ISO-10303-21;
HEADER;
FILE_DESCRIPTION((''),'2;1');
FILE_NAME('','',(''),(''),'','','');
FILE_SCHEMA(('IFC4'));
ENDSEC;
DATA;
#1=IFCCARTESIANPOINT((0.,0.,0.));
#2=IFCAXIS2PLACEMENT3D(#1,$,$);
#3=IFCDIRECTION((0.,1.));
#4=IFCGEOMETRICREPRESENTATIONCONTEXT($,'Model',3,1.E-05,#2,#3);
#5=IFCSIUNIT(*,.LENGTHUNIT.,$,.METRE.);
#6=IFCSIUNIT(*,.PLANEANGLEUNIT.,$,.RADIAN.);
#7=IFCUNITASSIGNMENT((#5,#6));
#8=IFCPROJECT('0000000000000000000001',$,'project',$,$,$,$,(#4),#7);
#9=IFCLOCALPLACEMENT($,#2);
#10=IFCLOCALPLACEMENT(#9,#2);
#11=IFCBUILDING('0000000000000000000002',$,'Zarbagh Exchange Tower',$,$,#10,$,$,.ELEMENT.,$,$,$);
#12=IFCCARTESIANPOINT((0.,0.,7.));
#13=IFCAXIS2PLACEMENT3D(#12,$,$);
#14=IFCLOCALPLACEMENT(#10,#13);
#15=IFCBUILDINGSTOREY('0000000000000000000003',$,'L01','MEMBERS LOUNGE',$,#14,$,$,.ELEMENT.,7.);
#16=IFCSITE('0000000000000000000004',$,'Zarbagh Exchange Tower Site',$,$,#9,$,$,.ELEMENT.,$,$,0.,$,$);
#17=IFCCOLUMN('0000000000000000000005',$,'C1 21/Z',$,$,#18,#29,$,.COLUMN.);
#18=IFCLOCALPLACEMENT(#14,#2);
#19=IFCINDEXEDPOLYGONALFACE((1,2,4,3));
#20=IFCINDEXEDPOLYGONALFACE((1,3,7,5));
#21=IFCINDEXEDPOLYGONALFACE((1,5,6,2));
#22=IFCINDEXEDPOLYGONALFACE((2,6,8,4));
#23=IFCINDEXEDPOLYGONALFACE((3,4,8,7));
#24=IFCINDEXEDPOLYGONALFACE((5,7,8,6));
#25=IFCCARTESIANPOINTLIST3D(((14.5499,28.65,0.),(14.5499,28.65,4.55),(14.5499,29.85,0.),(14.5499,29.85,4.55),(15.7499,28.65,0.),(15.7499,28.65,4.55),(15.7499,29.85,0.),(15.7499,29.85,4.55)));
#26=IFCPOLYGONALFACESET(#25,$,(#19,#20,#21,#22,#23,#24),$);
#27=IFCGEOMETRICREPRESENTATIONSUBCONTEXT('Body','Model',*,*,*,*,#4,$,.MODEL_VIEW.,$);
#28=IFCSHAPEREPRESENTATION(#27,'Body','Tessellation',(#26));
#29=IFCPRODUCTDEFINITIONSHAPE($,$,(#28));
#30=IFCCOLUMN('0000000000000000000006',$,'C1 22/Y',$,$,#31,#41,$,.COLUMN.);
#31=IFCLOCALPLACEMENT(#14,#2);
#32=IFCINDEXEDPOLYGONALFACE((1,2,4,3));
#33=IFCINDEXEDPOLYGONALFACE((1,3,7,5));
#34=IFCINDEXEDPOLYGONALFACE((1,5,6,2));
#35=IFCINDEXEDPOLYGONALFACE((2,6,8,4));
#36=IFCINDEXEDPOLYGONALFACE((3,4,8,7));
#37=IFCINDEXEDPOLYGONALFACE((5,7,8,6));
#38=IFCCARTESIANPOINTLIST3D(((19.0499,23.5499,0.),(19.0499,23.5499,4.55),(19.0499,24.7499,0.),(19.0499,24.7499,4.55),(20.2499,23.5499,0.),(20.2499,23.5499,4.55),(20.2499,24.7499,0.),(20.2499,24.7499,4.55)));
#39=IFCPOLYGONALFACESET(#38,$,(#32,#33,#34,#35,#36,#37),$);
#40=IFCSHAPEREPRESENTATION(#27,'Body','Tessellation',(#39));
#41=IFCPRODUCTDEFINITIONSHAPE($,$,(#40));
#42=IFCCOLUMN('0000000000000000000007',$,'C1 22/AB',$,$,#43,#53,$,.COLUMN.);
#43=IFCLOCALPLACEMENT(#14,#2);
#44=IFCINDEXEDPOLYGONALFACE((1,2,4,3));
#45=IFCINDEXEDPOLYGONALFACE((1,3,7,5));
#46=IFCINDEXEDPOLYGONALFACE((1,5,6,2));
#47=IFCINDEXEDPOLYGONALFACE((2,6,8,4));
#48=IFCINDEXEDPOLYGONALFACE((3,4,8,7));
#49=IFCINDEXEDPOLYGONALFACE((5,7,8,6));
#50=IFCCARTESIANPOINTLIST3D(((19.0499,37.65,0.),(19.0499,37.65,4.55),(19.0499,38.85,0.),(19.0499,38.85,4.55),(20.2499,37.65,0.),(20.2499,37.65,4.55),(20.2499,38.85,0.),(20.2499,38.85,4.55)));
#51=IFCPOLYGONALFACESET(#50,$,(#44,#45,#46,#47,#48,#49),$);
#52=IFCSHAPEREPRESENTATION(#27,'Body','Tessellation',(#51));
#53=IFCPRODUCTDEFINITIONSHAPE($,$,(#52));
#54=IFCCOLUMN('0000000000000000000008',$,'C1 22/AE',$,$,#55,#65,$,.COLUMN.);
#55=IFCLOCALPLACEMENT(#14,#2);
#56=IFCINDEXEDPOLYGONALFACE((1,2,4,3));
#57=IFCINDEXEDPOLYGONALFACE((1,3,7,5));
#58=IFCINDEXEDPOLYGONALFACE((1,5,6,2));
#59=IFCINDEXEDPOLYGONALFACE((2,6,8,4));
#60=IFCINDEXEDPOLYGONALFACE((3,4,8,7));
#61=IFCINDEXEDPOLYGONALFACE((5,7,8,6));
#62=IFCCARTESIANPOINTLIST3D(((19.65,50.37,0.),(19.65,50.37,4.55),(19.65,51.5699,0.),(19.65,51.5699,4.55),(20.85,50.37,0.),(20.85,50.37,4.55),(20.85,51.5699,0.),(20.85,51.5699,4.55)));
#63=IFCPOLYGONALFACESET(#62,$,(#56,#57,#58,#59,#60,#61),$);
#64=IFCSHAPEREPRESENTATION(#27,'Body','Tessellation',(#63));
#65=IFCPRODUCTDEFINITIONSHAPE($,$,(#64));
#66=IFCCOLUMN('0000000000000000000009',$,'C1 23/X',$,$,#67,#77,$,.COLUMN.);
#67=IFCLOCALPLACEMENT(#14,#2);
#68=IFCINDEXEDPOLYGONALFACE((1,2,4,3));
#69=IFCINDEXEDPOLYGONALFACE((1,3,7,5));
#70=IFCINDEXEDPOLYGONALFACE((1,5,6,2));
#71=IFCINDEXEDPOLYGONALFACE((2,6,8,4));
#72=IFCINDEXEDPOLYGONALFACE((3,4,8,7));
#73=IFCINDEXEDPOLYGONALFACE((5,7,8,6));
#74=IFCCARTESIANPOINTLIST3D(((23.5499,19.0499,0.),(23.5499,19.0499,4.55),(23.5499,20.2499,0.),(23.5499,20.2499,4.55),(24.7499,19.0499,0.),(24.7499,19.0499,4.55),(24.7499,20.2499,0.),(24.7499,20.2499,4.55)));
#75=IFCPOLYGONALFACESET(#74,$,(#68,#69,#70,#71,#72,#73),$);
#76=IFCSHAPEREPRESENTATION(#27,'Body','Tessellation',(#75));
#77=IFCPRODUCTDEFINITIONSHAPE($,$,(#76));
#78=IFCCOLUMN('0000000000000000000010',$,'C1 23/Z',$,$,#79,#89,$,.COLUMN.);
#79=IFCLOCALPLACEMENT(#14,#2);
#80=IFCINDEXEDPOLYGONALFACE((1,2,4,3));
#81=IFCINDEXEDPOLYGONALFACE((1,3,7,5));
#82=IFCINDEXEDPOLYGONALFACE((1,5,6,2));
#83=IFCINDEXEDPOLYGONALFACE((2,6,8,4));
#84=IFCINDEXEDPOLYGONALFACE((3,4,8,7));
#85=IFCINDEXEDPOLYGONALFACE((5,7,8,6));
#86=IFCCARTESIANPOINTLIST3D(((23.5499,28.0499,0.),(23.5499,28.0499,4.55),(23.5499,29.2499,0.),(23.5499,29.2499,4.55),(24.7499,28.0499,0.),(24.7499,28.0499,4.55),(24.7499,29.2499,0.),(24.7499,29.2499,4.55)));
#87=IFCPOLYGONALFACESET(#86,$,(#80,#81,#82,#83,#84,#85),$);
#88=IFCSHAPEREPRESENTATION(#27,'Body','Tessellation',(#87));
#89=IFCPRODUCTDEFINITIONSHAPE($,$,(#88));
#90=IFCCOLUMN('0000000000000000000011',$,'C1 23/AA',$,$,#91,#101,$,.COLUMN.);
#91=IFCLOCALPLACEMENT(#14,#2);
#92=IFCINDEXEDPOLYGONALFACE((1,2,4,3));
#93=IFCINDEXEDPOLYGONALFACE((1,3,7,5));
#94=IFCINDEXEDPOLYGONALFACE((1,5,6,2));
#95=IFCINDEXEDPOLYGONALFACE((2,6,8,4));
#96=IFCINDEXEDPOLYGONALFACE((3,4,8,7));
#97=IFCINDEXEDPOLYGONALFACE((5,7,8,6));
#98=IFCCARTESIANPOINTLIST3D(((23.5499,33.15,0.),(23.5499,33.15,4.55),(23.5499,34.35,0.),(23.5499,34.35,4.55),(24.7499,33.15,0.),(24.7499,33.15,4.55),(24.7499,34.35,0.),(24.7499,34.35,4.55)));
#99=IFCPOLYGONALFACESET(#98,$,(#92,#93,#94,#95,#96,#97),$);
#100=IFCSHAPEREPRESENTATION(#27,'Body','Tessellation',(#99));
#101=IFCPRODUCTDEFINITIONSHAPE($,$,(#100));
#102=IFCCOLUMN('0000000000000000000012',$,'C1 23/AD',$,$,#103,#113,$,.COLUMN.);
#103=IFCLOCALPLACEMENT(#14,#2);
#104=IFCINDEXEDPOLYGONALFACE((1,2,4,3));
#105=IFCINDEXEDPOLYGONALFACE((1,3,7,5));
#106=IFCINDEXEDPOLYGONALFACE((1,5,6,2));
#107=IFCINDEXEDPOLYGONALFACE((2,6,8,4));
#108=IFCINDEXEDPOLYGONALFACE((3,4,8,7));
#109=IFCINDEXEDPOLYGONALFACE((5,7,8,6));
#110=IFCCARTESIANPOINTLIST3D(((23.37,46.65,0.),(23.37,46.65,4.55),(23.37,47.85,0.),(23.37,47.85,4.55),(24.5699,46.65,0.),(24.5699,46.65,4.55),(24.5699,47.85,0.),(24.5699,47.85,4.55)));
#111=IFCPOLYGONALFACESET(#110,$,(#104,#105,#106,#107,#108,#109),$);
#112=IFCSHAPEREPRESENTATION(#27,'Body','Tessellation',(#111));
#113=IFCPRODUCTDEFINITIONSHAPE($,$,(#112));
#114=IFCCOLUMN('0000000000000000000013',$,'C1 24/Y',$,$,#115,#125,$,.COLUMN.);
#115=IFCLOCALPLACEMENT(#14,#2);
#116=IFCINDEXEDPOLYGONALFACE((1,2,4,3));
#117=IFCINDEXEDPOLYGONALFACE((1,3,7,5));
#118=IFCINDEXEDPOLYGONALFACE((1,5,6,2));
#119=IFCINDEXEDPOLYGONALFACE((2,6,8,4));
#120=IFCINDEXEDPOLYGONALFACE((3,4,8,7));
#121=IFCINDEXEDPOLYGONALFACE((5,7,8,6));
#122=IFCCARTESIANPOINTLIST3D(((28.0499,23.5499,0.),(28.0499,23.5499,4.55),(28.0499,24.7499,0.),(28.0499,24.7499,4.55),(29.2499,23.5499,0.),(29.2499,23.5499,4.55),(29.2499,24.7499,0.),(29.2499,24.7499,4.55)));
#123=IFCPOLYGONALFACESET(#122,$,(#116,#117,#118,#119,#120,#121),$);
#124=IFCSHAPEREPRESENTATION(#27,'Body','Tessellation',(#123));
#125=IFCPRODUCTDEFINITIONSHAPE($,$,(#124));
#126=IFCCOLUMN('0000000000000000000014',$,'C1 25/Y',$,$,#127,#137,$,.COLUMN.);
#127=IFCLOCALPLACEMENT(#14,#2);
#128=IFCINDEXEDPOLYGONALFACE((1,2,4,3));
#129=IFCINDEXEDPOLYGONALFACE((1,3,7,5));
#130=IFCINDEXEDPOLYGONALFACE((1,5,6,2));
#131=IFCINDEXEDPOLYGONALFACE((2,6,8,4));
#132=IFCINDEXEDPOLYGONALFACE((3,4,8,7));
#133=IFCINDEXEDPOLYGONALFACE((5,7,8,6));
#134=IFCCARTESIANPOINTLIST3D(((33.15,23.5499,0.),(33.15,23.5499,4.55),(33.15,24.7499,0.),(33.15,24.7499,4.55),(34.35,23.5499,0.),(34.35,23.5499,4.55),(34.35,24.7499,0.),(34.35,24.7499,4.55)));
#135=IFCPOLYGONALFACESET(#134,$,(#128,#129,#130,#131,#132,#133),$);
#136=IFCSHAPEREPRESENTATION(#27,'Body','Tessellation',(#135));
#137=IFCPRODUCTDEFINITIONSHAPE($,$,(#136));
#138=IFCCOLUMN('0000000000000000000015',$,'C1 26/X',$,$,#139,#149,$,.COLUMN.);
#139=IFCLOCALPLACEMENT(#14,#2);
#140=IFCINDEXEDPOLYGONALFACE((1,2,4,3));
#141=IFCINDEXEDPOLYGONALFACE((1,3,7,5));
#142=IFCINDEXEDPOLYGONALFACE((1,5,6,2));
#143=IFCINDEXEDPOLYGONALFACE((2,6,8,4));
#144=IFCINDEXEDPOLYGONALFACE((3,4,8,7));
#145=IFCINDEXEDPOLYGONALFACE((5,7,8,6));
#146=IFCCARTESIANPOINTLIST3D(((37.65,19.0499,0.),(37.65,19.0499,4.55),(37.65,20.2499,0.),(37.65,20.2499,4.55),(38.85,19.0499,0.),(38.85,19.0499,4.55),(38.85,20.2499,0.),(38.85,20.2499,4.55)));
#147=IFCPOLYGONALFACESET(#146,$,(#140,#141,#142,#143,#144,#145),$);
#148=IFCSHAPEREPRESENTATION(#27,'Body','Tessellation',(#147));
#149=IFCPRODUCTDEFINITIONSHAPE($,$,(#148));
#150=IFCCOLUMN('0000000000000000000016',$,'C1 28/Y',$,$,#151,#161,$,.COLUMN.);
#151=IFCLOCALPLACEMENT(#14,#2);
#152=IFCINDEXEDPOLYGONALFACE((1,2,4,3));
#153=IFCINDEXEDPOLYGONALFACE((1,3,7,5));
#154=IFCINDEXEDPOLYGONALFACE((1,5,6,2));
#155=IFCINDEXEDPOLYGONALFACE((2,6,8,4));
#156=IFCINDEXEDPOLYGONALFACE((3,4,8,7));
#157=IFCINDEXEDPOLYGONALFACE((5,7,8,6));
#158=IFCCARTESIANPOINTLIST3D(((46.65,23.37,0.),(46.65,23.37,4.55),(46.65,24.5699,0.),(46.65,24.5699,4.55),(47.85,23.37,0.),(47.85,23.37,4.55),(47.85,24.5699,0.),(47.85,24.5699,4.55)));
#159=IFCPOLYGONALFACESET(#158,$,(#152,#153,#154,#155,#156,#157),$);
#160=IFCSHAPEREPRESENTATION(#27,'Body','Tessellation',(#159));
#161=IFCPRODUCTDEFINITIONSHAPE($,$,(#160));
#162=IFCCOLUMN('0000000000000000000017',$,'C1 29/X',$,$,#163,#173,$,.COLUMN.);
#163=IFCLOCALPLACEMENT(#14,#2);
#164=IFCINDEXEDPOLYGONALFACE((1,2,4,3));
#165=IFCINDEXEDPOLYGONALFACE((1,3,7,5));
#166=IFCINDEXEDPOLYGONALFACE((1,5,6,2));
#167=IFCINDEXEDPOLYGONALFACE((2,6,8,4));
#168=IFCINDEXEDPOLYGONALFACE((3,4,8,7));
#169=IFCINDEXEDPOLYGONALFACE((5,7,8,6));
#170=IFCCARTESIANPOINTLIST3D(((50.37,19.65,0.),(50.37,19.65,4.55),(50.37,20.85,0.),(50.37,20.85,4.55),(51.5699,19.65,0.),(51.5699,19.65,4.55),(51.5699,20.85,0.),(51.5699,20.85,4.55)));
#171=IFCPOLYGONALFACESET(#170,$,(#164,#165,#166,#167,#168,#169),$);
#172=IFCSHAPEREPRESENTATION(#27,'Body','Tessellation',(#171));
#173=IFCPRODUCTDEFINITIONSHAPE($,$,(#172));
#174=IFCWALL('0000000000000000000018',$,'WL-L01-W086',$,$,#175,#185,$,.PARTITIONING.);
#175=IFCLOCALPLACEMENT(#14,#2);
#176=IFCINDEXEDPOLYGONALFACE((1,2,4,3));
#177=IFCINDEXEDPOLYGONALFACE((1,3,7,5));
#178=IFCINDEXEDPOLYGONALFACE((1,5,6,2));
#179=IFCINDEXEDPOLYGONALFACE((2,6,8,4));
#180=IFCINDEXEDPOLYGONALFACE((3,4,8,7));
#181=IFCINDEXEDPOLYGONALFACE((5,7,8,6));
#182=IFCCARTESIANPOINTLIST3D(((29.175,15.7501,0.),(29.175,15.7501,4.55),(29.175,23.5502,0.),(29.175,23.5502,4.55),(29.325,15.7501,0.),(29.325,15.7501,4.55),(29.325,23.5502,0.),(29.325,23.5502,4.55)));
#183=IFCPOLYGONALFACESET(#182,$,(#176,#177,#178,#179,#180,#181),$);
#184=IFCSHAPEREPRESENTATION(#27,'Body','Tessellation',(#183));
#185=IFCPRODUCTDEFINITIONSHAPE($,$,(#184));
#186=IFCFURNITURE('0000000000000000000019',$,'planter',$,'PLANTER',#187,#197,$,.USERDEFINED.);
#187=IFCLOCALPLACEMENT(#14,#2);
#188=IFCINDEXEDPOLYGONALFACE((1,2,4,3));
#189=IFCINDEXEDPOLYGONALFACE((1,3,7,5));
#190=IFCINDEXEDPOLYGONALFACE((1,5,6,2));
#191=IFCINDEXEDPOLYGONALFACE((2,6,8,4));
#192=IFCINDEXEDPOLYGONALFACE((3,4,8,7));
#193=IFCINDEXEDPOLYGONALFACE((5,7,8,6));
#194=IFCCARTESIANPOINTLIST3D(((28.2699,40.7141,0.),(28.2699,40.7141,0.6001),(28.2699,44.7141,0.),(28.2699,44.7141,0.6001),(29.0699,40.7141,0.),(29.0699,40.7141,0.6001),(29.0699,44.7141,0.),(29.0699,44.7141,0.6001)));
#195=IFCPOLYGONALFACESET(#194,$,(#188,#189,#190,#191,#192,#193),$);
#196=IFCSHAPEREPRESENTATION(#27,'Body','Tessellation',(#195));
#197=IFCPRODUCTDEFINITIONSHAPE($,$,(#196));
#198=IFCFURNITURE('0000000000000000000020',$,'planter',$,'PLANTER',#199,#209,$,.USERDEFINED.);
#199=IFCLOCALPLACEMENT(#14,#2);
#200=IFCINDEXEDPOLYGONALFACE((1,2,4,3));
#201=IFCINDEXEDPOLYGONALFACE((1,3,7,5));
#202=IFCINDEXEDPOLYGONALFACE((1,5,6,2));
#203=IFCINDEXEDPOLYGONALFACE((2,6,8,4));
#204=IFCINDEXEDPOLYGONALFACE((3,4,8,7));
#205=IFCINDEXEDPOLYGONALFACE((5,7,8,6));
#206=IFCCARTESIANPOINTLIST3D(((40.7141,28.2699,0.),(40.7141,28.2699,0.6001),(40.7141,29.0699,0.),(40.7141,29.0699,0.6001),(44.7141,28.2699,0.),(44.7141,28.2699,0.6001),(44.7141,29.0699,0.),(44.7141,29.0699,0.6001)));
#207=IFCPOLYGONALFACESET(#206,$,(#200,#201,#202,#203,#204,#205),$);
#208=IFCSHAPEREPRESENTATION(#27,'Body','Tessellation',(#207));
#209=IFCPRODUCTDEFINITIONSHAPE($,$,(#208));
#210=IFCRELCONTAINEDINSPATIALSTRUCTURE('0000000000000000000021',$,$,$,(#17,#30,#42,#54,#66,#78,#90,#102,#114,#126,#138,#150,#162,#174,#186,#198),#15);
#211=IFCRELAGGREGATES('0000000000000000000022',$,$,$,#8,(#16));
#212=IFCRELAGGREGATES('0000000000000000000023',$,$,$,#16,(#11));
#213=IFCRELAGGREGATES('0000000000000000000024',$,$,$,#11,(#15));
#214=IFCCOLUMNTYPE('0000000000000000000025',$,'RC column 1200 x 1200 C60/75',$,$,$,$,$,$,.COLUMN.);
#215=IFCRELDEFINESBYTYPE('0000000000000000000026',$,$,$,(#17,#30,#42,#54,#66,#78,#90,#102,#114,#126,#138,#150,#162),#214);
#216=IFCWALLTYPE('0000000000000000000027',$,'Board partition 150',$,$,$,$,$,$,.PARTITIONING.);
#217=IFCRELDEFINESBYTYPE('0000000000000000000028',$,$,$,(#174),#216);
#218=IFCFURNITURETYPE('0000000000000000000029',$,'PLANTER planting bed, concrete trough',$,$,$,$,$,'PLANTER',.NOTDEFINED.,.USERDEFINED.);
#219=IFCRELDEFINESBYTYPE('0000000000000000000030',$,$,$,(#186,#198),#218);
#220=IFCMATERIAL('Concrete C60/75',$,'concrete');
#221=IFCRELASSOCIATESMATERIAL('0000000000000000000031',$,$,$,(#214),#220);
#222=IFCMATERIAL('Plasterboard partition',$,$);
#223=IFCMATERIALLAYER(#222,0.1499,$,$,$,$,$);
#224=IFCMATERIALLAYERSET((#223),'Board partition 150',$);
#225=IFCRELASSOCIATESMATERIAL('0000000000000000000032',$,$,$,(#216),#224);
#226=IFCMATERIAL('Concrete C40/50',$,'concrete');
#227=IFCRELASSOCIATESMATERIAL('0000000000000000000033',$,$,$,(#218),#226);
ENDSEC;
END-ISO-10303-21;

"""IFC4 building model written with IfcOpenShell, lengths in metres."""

from ifc_helpers import new_model, si_unit, direction, frame, frame_2d, origin, origin_2d, place, context, subcontext, project, spatial, rectangle, extrude, material, layer, layer_set, material_profile, profile_set, type_object, element, save


model = new_model("IFC4")

# Units and contexts
model_context = context("Model", 3, precision=1e-05, world=origin(), true_north=direction((0.0, 1.0)))
body_context = subcontext(model_context, "Body", "Model", "MODEL_VIEW")
ifc_project = project(units=[si_unit("LENGTHUNIT", "METRE"), si_unit("PLANEANGLEUNIT", "RADIAN")], contexts=[model_context])

# Site, building, storey
site_placement = place(None, origin())
site = spatial("IfcSite", under=ifc_project, at=site_placement, Name="Zarbagh Exchange Tower Site", CompositionType="ELEMENT", RefElevation=0.0)
building_placement = place(site_placement, origin())
building = spatial("IfcBuilding", under=site, at=building_placement, Name="Zarbagh Exchange Tower", CompositionType="ELEMENT")
storey_placement = place(building_placement, frame((0.0, 0.0, 7.0)))
storey = spatial("IfcBuildingStorey", under=building, at=storey_placement, Name="L01", Description="MEMBERS LOUNGE", CompositionType="ELEMENT", Elevation=7.0)

# Columns
ifc_material_1 = material(Name="Concrete C60/75", Category="concrete")
ifc_material_profile = material_profile(ifc_material_1, rectangle(XDim=1.2, YDim=1.2, at=origin_2d()), Name="RC column 1200 x 1200 C60/75")
ifc_profile_set = profile_set([ifc_material_profile], Name="Concrete C60/75")
column_type = type_object("IfcColumnType", Name="RC column 1200 x 1200 C60/75", PredefinedType="COLUMN", material=ifc_profile_set)
for number, where, z_axis, x_axis, name in (
    (1, (15.1499, 29.25, 0.0), (0.0, 0.0, 1.0), (1.0, 0.0, 0.0), "C1 21/Z"),
    (2, (19.6499, 24.1499, 0.0), (0.0, 0.0, 1.0), (1.0, 0.0, 0.0), "C1 22/Y"),
    (3, (19.6499, 38.25, 0.0), (0.0, 0.0, 1.0), (1.0, 0.0, 0.0), "C1 22/AB"),
    (4, (20.25, 50.97, 0.0), (0.0, 0.0, 1.0), (1.0, 0.0, 0.0), "C1 22/AE"),
    (5, (24.1499, 19.6499, 0.0), (0.0, 0.0, 1.0), (1.0, 0.0, 0.0), "C1 23/X"),
    (6, (24.1499, 28.6499, 0.0), (0.0, 0.0, 1.0), (1.0, 0.0, 0.0), "C1 23/Z"),
    (7, (24.1499, 33.75, 0.0), (0.0, 0.0, 1.0), (1.0, 0.0, 0.0), "C1 23/AA"),
    (8, (23.97, 47.25, 0.0), (0.0, 0.0, 1.0), (1.0, 0.0, 0.0), "C1 23/AD"),
    (9, (28.6499, 24.1499, 0.0), (0.0, 0.0, 1.0), (1.0, 0.0, 0.0), "C1 24/Y"),
    (10, (33.75, 24.1499, 0.0), (0.0, 0.0, 1.0), (1.0, 0.0, 0.0), "C1 25/Y"),
    (11, (38.25, 19.6499, 0.0), (0.0, 0.0, 1.0), (1.0, 0.0, 0.0), "C1 26/X"),
    (12, (47.25, 23.97, 0.0), (0.0, 0.0, 1.0), (1.0, 0.0, 0.0), "C1 28/Y"),
    (13, (50.97, 20.25, 0.0), (0.0, 0.0, 1.0), (1.0, 0.0, 0.0), "C1 29/X"),
):
    element("IfcColumn", number, at=place(storey_placement, frame(where, z_axis=z_axis, x_axis=x_axis)), inside=storey, type_object=column_type, Name=name, PredefinedType="COLUMN", context=body_context, shape_type="SweptSolid", body=[
        extrude(rectangle(XDim=1.2, YDim=1.2, at=origin_2d()), origin(), (0.0, 0.0, 1.0), 4.55),
    ])

# Wall
ifc_material_2 = material(Name="Plasterboard partition")
ifc_layer_1 = layer(ifc_material_2, 0.1499)
ifc_layer_set_1 = layer_set([ifc_layer_1], Name="Board partition 150")
wall_type_1 = type_object("IfcWallType", Name="Board partition 150", PredefinedType="PARTITIONING", material=ifc_layer_set_1)
wall_1_placement = place(storey_placement, frame((29.25, 23.55, 0.0), z_axis=(0.0, 0.0, 1.0), x_axis=(0.0, -1.0, 0.0)))
element("IfcWall", 14, at=wall_1_placement, inside=storey, type_object=wall_type_1, Name="WL-L01-W086", PredefinedType="PARTITIONING", context=body_context, shape_type="SweptSolid", body=[
    extrude(rectangle(XDim=7.8, YDim=0.1499, at=frame_2d((3.8999, 0.0))), origin(), (0.0, 0.0, 1.0), 4.55),
])

# Furniture
ifc_material_3 = material(Name="Concrete C40/50", Category="concrete")
furniture_type = type_object("IfcFurnitureType", Name="PLANTER planting bed, concrete trough", ElementType="PLANTER", AssemblyPlace="NOTDEFINED", PredefinedType="USERDEFINED", material=ifc_material_3)
for number, where, z_axis, x_axis, name in (
    (15, (28.6699, 42.7141, 0.0), (0.0, 0.0, 1.0), (0.0, -1.0, 0.0), "planter"),
    (16, (42.7141, 28.6699, 0.0), (0.0, 0.0, 1.0), (1.0, 0.0, 0.0), "planter"),
):
    element("IfcFurniture", number, at=place(storey_placement, frame(where, z_axis=z_axis, x_axis=x_axis)), inside=storey, type_object=furniture_type, Name=name, ObjectType="PLANTER", PredefinedType="USERDEFINED", context=body_context, shape_type="SweptSolid", body=[
        extrude(rectangle(XDim=4.0, YDim=0.8, at=origin_2d()), origin(), (0.0, 0.0, 1.0), 0.6001),
    ])

save(model, "model.ifc")
